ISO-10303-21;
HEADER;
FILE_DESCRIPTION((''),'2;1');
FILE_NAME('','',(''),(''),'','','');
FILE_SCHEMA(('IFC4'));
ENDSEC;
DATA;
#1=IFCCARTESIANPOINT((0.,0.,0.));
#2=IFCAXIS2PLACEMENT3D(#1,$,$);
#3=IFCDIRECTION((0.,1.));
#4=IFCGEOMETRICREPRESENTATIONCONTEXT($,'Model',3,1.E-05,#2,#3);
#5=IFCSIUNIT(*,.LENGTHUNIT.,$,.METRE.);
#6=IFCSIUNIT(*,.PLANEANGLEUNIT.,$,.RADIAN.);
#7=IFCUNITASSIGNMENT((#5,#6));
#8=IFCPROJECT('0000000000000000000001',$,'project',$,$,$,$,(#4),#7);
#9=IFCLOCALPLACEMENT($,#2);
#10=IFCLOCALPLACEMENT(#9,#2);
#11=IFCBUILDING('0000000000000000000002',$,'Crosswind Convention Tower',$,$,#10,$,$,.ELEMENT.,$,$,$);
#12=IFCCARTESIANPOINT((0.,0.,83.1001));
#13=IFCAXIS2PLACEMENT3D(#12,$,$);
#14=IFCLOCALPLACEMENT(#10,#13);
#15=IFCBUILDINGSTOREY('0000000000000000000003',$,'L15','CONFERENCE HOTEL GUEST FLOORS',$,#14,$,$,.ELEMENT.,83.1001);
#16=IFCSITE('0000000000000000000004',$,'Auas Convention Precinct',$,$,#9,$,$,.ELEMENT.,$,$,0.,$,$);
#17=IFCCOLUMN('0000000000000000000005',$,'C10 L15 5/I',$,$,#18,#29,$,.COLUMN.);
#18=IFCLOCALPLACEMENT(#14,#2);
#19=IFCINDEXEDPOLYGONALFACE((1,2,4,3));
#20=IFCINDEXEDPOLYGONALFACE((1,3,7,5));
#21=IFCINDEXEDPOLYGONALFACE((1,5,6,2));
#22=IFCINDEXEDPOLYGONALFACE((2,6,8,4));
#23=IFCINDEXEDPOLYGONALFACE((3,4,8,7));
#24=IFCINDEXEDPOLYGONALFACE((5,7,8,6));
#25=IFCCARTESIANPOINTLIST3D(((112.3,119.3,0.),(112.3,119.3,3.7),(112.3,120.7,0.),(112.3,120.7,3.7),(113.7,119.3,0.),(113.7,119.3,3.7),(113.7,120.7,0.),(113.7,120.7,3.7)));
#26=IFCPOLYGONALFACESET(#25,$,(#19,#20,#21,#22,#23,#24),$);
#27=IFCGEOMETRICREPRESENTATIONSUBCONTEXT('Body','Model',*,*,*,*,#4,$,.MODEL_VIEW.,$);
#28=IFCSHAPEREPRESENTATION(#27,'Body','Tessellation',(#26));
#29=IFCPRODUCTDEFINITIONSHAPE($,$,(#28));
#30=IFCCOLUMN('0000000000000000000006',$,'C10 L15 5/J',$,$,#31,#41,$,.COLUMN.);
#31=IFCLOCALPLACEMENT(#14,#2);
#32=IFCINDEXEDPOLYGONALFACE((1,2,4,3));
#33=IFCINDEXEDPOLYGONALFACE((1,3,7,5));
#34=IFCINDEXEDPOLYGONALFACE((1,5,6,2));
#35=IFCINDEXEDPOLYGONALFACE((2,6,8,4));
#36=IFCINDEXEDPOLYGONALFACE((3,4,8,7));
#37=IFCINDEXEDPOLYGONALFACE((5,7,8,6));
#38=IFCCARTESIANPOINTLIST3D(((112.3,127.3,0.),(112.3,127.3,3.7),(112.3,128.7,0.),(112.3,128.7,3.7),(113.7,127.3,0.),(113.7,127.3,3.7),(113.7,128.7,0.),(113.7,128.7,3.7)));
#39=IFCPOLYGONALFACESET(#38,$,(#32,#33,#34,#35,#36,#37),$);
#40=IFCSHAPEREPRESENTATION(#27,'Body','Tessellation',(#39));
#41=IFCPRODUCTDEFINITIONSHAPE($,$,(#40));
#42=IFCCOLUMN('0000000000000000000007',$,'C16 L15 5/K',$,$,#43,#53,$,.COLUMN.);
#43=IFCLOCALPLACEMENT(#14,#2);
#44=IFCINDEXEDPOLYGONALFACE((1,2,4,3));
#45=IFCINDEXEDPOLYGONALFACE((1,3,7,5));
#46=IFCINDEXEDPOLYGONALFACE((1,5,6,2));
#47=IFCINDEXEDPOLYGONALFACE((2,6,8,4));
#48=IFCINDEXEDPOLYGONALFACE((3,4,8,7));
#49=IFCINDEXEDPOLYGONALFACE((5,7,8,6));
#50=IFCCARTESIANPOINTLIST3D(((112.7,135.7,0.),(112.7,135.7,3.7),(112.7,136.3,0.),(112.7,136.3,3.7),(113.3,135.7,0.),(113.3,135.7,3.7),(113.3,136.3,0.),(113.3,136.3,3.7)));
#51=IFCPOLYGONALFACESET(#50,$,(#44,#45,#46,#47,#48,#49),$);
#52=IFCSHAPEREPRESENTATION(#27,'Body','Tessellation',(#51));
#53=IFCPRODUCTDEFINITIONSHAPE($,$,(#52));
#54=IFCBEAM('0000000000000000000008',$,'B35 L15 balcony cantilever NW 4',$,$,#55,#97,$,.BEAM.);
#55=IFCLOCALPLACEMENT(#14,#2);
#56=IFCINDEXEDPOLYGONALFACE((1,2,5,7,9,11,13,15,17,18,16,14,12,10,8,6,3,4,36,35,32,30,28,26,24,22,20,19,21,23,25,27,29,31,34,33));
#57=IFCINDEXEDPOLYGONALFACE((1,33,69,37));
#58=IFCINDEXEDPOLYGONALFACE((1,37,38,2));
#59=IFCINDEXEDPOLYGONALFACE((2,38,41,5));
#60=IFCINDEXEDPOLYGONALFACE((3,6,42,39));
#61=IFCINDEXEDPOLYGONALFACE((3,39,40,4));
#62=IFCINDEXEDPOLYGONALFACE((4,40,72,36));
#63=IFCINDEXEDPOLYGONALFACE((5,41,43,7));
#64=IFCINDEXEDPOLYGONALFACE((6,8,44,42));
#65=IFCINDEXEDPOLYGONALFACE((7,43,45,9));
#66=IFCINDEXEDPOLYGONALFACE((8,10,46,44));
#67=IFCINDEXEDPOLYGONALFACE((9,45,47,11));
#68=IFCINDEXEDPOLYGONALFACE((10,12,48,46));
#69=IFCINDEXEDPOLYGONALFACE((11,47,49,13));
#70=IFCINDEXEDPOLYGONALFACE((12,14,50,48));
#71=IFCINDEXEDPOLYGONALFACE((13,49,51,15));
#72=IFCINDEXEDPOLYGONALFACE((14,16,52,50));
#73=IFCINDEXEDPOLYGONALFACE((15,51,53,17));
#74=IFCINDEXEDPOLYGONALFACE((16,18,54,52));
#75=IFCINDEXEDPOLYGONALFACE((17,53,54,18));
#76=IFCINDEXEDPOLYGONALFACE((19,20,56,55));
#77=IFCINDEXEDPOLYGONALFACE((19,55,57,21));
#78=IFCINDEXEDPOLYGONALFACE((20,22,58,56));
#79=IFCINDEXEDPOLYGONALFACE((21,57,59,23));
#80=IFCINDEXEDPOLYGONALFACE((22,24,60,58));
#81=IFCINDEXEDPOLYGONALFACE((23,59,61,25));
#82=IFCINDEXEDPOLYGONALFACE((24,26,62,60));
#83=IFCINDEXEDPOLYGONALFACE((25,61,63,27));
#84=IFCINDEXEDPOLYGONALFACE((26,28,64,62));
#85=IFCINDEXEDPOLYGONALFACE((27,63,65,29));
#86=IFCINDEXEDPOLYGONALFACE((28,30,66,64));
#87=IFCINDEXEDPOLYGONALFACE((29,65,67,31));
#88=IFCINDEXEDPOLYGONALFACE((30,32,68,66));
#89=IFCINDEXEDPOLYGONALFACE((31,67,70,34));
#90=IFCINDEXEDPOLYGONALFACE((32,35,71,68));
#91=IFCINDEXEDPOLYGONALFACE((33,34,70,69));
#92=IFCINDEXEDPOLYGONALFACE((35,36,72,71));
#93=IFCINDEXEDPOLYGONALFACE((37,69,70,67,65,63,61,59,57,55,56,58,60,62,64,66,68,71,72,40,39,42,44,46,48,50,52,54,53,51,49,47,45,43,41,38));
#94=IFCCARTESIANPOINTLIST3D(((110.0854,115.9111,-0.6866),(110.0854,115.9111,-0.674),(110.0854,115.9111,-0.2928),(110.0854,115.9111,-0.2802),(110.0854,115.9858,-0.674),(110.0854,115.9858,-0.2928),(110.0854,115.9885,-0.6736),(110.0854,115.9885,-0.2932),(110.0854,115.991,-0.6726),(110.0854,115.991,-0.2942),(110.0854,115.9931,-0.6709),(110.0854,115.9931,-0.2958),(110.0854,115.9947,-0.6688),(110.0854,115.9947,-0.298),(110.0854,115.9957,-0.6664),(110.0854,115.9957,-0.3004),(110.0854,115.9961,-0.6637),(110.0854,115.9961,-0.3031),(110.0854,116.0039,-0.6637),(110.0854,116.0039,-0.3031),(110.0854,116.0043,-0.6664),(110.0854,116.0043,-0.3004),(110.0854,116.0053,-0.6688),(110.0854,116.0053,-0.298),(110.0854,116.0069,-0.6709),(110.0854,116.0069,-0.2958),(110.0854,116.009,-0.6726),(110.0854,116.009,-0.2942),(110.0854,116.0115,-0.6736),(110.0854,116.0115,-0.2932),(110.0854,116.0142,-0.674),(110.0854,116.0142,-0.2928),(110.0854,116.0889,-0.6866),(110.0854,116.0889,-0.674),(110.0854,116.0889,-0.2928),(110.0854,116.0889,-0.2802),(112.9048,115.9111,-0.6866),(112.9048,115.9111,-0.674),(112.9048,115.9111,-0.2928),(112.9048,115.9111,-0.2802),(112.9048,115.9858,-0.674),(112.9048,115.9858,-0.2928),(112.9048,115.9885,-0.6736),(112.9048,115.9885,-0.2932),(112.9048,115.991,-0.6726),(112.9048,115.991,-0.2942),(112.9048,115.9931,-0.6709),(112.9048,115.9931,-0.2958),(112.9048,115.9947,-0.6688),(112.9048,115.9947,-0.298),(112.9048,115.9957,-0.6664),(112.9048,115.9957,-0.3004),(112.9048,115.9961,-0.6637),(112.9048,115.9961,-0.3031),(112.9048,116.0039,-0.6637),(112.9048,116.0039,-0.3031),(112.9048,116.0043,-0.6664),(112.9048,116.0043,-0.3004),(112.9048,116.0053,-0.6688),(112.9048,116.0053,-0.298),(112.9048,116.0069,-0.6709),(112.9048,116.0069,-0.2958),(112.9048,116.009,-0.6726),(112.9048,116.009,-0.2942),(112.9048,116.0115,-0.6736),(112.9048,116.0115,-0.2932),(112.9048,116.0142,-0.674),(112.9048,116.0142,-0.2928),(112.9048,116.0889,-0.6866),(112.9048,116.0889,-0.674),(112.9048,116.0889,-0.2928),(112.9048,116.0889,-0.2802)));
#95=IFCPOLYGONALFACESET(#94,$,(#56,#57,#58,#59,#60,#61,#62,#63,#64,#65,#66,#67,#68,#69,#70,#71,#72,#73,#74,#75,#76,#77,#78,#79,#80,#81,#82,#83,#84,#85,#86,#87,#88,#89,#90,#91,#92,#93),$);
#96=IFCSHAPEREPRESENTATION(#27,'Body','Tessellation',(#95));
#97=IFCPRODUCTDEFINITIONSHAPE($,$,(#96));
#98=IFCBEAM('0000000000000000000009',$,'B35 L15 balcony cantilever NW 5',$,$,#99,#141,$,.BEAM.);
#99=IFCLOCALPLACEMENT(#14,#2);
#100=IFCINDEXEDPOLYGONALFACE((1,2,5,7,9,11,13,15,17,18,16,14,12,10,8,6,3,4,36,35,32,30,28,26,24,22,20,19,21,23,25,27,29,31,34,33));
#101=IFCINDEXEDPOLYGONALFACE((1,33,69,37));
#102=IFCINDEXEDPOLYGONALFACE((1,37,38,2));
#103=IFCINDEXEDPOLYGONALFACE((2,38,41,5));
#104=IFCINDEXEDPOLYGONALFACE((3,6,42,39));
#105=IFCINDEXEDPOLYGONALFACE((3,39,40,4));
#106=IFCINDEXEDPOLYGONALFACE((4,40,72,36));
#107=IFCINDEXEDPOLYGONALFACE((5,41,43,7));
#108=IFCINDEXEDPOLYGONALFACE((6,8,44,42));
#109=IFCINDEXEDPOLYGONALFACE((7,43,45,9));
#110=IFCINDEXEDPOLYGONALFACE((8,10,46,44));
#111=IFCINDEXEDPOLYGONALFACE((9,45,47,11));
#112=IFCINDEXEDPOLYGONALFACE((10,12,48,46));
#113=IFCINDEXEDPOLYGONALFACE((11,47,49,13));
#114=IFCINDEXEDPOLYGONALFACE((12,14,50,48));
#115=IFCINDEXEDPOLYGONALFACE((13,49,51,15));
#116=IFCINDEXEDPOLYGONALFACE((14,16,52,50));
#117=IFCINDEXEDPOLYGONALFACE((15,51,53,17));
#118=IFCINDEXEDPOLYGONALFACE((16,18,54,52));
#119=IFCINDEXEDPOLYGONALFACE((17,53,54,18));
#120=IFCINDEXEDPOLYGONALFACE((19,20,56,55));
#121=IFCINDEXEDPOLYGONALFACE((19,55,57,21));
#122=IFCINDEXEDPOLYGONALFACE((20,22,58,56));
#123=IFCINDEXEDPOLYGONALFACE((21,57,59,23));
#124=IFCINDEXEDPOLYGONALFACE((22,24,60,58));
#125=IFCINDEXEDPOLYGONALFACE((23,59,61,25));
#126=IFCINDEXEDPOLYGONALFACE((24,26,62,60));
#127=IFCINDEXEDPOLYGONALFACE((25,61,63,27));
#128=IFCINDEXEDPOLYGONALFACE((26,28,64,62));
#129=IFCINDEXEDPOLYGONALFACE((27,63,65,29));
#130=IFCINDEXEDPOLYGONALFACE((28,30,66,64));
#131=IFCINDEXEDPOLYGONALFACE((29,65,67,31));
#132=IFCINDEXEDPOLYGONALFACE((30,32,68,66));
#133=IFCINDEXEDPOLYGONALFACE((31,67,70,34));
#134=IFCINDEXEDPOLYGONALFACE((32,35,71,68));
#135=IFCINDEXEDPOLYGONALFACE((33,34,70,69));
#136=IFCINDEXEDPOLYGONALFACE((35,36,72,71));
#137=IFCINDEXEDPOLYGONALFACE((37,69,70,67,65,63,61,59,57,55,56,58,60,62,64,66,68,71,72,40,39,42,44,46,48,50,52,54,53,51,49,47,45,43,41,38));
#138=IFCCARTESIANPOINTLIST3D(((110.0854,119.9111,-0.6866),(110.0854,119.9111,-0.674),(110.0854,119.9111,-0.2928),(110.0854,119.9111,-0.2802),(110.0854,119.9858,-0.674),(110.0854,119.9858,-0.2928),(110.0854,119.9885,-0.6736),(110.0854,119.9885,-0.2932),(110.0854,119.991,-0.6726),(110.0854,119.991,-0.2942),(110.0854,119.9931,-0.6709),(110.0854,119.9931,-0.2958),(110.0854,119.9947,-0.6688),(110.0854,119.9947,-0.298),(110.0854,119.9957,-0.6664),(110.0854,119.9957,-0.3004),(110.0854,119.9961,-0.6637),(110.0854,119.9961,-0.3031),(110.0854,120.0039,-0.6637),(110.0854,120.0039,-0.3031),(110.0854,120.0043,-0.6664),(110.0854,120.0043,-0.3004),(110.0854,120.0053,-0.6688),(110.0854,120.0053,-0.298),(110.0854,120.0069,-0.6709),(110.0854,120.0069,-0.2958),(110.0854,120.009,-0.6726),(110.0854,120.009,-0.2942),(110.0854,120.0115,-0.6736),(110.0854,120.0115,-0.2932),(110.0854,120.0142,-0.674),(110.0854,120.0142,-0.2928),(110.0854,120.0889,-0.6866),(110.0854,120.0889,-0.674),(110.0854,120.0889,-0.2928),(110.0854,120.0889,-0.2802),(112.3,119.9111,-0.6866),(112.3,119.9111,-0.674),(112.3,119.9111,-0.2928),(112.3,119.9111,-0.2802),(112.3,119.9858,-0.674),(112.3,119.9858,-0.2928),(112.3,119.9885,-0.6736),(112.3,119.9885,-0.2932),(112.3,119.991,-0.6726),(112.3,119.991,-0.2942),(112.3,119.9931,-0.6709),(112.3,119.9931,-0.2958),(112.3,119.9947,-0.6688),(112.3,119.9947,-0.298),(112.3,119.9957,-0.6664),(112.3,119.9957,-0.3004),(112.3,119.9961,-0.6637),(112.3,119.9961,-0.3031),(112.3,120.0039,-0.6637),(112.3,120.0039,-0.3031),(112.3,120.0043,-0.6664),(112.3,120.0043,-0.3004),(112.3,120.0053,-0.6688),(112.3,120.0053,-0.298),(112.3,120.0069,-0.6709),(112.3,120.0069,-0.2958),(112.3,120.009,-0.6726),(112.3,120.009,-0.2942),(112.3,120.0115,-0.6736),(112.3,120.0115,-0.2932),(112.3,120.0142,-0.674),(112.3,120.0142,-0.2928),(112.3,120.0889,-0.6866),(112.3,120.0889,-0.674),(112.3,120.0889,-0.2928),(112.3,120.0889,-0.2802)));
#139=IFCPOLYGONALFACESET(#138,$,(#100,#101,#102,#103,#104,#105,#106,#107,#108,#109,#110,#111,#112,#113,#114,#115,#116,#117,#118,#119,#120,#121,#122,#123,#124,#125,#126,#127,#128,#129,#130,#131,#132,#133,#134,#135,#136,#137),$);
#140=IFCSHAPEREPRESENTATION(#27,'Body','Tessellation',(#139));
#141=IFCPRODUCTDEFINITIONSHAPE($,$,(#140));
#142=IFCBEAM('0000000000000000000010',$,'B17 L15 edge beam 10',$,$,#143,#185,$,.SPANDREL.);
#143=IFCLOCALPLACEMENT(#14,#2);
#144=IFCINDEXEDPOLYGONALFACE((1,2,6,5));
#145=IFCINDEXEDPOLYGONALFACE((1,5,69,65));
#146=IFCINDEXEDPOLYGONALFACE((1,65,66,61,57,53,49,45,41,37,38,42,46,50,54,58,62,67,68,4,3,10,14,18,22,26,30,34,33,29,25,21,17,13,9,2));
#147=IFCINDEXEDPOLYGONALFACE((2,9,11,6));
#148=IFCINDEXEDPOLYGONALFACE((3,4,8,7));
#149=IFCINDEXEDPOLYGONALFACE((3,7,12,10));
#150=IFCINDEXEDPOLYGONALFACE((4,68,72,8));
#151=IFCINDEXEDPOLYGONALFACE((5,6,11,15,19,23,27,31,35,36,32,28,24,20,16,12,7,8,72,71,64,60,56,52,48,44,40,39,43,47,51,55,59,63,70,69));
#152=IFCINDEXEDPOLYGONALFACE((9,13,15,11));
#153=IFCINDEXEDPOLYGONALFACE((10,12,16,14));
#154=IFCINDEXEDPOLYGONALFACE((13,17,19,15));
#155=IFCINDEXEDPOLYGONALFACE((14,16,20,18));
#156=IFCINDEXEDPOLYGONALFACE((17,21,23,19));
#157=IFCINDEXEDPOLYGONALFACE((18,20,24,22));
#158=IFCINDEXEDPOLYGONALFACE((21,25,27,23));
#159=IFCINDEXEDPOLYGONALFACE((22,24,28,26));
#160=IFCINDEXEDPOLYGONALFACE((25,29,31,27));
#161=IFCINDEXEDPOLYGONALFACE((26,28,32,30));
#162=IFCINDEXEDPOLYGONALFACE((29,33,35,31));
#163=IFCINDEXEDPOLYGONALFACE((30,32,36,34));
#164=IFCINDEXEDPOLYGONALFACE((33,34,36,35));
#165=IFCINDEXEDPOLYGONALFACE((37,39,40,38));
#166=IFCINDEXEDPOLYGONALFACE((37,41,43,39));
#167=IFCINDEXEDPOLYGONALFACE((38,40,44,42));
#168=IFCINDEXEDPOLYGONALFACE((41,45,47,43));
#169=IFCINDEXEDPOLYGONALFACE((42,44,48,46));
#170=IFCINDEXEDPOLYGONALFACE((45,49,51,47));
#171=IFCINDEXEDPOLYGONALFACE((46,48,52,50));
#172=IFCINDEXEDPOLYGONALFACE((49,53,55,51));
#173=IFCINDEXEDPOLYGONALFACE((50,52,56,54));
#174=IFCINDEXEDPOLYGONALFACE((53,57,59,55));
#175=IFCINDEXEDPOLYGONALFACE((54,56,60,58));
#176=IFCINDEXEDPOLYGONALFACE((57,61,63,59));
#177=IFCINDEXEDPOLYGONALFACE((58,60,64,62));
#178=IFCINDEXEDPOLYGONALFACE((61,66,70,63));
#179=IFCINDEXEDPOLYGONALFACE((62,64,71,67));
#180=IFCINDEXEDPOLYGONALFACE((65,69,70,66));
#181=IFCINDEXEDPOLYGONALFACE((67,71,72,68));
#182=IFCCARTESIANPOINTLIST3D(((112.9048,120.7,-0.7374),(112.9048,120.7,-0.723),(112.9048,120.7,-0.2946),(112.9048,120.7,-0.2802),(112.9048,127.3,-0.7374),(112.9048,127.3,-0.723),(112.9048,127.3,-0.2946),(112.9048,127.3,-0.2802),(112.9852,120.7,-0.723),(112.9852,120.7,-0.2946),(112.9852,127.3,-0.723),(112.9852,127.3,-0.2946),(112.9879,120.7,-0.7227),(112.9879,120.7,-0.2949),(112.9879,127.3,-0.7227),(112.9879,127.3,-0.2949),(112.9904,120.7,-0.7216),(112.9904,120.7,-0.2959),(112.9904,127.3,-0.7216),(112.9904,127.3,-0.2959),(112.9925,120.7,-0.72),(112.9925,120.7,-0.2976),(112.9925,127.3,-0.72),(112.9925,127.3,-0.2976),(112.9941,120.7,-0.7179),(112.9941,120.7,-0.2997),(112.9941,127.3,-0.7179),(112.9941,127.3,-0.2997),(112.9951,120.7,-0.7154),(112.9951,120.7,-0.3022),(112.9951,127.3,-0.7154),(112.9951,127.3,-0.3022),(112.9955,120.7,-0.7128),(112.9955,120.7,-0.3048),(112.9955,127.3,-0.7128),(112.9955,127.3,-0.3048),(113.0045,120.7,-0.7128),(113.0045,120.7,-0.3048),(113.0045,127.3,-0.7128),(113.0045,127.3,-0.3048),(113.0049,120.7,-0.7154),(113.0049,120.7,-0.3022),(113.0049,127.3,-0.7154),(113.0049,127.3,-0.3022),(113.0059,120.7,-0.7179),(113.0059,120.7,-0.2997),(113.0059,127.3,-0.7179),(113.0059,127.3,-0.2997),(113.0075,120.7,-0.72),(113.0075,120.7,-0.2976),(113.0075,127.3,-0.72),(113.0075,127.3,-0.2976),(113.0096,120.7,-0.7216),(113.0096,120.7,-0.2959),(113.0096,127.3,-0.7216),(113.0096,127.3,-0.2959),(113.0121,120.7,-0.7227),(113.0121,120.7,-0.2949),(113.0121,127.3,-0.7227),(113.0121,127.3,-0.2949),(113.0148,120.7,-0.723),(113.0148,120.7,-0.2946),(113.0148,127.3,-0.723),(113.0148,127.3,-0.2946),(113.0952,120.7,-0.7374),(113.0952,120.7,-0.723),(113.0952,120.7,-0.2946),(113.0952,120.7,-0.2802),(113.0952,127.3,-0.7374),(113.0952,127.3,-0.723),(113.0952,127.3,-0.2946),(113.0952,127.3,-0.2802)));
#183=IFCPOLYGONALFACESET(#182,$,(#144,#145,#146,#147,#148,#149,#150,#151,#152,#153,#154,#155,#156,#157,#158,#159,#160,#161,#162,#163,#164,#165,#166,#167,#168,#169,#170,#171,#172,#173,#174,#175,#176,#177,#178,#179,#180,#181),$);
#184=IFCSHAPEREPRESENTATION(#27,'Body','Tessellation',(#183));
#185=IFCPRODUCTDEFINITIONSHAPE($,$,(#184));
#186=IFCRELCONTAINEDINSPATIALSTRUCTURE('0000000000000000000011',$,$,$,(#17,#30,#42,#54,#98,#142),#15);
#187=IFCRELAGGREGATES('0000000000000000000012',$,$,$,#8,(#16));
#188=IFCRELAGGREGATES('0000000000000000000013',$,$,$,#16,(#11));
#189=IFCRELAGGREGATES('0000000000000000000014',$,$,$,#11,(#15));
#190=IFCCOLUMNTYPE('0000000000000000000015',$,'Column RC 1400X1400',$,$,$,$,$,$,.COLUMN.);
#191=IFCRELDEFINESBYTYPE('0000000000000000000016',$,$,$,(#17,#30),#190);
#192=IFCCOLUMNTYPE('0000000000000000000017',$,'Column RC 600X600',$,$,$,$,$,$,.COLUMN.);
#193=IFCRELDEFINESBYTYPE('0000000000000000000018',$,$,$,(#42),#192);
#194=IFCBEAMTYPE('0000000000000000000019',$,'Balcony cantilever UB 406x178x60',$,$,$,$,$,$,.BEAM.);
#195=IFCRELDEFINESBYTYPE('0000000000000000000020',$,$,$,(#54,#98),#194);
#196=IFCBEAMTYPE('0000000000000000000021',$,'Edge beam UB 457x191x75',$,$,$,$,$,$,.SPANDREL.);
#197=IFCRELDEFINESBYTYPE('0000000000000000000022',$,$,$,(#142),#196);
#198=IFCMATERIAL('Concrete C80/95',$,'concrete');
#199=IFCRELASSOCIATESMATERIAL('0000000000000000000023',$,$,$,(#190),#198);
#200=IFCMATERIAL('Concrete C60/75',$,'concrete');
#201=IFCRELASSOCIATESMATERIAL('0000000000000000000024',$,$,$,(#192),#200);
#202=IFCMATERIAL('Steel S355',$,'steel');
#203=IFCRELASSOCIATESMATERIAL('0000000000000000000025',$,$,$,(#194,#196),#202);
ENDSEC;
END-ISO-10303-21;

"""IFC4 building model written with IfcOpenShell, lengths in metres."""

from ifc_helpers import new_model, si_unit, direction, frame, origin, origin_2d, place, context, subcontext, project, spatial, rectangle, i_section, extrude, material, material_profile, profile_set, type_object, element, save


model = new_model("IFC4")

# Units and contexts
model_context = context("Model", 3, precision=1e-05, world=origin(), true_north=direction((0.0, 1.0)))
body_context = subcontext(model_context, "Body", "Model", "MODEL_VIEW")
ifc_project = project(units=[si_unit("LENGTHUNIT", "METRE"), si_unit("PLANEANGLEUNIT", "RADIAN")], contexts=[model_context])

# Site, building, storey
site_placement = place(None, origin())
site = spatial("IfcSite", under=ifc_project, at=site_placement, Name="Auas Convention Precinct", CompositionType="ELEMENT", RefElevation=0.0)
building_placement = place(site_placement, origin())
building = spatial("IfcBuilding", under=site, at=building_placement, Name="Crosswind Convention Tower", CompositionType="ELEMENT")
storey_placement = place(building_placement, frame((0.0, 0.0, 83.1001)))
storey = spatial("IfcBuildingStorey", under=building, at=storey_placement, Name="L15", Description="CONFERENCE HOTEL GUEST FLOORS", CompositionType="ELEMENT", Elevation=83.1001)

# Columns
ifc_material_1 = material(Name="Concrete C80/95", Category="concrete")
ifc_material_profile_1 = material_profile(ifc_material_1, rectangle(XDim=1.3999, YDim=1.3999, at=origin_2d()), Name="RC 1400X1400")
ifc_profile_set_1 = profile_set([ifc_material_profile_1], Name="Concrete C80/95")
column_type_1 = type_object("IfcColumnType", Name="Column RC 1400X1400", PredefinedType="COLUMN", material=ifc_profile_set_1)
for number, where, z_axis, x_axis, name in (
    (1, (113.0, 120.0, 0.0), (0.0, 0.0, 1.0), (1.0, 0.0, 0.0), "C10 L15 5/I"),
    (2, (113.0, 128.0, 0.0), (0.0, 0.0, 1.0), (1.0, 0.0, 0.0), "C10 L15 5/J"),
):
    element("IfcColumn", number, at=place(storey_placement, frame(where, z_axis=z_axis, x_axis=x_axis)), inside=storey, type_object=column_type_1, Name=name, PredefinedType="COLUMN", context=body_context, shape_type="SweptSolid", body=[
        extrude(rectangle(XDim=1.3999, YDim=1.3999, at=origin_2d()), origin(), (0.0, 0.0, 1.0), 3.7),
    ])
ifc_material_2 = material(Name="Concrete C60/75", Category="concrete")
ifc_material_profile_2 = material_profile(ifc_material_2, rectangle(XDim=0.6001, YDim=0.6001, at=origin_2d()), Name="RC 600X600")
ifc_profile_set_2 = profile_set([ifc_material_profile_2], Name="Concrete C60/75")
column_type_2 = type_object("IfcColumnType", Name="Column RC 600X600", PredefinedType="COLUMN", material=ifc_profile_set_2)
column_placement = place(storey_placement, frame((113.0, 136.0, 0.0), z_axis=(0.0, 0.0, 1.0), x_axis=(1.0, 0.0, 0.0)))
element("IfcColumn", 3, at=column_placement, inside=storey, type_object=column_type_2, Name="C16 L15 5/K", PredefinedType="COLUMN", context=body_context, shape_type="SweptSolid", body=[
    extrude(rectangle(XDim=0.6001, YDim=0.6001, at=origin_2d()), origin(), (0.0, 0.0, 1.0), 3.7),
])

# Beams
ifc_material_3 = material(Name="Steel S355", Category="steel")
ifc_material_profile_3 = material_profile(ifc_material_3, i_section(OverallWidth=0.1777, OverallDepth=0.4065, WebThickness=0.0078, FlangeThickness=0.0127, FilletRadius=0.0103, at=origin_2d()), Name="UB 406x178x60")
ifc_profile_set_3 = profile_set([ifc_material_profile_3], Name="Steel S355")
beam_type_1 = type_object("IfcBeamType", Name="Balcony cantilever UB 406x178x60", PredefinedType="BEAM", material=ifc_profile_set_3)
beam_1_placement = place(storey_placement, frame((112.9048, 116.0, -0.4834), z_axis=(-1.0, 0.0, 0.0), x_axis=(0.0, -1.0, 0.0)))
element("IfcBeam", 4, at=beam_1_placement, inside=storey, type_object=beam_type_1, Name="B35 L15 balcony cantilever NW 4", PredefinedType="BEAM", context=body_context, shape_type="SweptSolid", body=[
    extrude(i_section(OverallWidth=0.1777, OverallDepth=0.4065, WebThickness=0.0078, FlangeThickness=0.0127, FilletRadius=0.0103, at=origin_2d()), origin(), (0.0, 0.0, 1.0), 2.8193),
])
beam_2_placement = place(storey_placement, frame((112.3, 120.0, -0.4834), z_axis=(-1.0, 0.0, 0.0), x_axis=(0.0, -1.0, 0.0)))
element("IfcBeam", 5, at=beam_2_placement, inside=storey, type_object=beam_type_1, Name="B35 L15 balcony cantilever NW 5", PredefinedType="BEAM", context=body_context, shape_type="SweptSolid", body=[
    extrude(i_section(OverallWidth=0.1777, OverallDepth=0.4065, WebThickness=0.0078, FlangeThickness=0.0127, FilletRadius=0.0103, at=origin_2d()), origin(), (0.0, 0.0, 1.0), 2.2146),
])
ifc_material_profile_4 = material_profile(ifc_material_3, i_section(OverallWidth=0.1904, OverallDepth=0.4573, WebThickness=0.009, FlangeThickness=0.0144, FilletRadius=0.0103, at=origin_2d()), Name="UB 457x191x75")
ifc_profile_set_4 = profile_set([ifc_material_profile_4], Name="Steel S355")
beam_type_2 = type_object("IfcBeamType", Name="Edge beam UB 457x191x75", PredefinedType="SPANDREL", material=ifc_profile_set_4)
beam_3_placement = place(storey_placement, frame((113.0, 120.7, -0.5088), z_axis=(0.0, 1.0, 0.0), x_axis=(-1.0, 0.0, 0.0)))
element("IfcBeam", 6, at=beam_3_placement, inside=storey, type_object=beam_type_2, Name="B17 L15 edge beam 10", PredefinedType="SPANDREL", context=body_context, shape_type="SweptSolid", body=[
    extrude(i_section(OverallWidth=0.1904, OverallDepth=0.4573, WebThickness=0.009, FlangeThickness=0.0144, FilletRadius=0.0103, at=origin_2d()), origin(), (0.0, 0.0, 1.0), 6.6001),
])

save(model, "model.ifc")
